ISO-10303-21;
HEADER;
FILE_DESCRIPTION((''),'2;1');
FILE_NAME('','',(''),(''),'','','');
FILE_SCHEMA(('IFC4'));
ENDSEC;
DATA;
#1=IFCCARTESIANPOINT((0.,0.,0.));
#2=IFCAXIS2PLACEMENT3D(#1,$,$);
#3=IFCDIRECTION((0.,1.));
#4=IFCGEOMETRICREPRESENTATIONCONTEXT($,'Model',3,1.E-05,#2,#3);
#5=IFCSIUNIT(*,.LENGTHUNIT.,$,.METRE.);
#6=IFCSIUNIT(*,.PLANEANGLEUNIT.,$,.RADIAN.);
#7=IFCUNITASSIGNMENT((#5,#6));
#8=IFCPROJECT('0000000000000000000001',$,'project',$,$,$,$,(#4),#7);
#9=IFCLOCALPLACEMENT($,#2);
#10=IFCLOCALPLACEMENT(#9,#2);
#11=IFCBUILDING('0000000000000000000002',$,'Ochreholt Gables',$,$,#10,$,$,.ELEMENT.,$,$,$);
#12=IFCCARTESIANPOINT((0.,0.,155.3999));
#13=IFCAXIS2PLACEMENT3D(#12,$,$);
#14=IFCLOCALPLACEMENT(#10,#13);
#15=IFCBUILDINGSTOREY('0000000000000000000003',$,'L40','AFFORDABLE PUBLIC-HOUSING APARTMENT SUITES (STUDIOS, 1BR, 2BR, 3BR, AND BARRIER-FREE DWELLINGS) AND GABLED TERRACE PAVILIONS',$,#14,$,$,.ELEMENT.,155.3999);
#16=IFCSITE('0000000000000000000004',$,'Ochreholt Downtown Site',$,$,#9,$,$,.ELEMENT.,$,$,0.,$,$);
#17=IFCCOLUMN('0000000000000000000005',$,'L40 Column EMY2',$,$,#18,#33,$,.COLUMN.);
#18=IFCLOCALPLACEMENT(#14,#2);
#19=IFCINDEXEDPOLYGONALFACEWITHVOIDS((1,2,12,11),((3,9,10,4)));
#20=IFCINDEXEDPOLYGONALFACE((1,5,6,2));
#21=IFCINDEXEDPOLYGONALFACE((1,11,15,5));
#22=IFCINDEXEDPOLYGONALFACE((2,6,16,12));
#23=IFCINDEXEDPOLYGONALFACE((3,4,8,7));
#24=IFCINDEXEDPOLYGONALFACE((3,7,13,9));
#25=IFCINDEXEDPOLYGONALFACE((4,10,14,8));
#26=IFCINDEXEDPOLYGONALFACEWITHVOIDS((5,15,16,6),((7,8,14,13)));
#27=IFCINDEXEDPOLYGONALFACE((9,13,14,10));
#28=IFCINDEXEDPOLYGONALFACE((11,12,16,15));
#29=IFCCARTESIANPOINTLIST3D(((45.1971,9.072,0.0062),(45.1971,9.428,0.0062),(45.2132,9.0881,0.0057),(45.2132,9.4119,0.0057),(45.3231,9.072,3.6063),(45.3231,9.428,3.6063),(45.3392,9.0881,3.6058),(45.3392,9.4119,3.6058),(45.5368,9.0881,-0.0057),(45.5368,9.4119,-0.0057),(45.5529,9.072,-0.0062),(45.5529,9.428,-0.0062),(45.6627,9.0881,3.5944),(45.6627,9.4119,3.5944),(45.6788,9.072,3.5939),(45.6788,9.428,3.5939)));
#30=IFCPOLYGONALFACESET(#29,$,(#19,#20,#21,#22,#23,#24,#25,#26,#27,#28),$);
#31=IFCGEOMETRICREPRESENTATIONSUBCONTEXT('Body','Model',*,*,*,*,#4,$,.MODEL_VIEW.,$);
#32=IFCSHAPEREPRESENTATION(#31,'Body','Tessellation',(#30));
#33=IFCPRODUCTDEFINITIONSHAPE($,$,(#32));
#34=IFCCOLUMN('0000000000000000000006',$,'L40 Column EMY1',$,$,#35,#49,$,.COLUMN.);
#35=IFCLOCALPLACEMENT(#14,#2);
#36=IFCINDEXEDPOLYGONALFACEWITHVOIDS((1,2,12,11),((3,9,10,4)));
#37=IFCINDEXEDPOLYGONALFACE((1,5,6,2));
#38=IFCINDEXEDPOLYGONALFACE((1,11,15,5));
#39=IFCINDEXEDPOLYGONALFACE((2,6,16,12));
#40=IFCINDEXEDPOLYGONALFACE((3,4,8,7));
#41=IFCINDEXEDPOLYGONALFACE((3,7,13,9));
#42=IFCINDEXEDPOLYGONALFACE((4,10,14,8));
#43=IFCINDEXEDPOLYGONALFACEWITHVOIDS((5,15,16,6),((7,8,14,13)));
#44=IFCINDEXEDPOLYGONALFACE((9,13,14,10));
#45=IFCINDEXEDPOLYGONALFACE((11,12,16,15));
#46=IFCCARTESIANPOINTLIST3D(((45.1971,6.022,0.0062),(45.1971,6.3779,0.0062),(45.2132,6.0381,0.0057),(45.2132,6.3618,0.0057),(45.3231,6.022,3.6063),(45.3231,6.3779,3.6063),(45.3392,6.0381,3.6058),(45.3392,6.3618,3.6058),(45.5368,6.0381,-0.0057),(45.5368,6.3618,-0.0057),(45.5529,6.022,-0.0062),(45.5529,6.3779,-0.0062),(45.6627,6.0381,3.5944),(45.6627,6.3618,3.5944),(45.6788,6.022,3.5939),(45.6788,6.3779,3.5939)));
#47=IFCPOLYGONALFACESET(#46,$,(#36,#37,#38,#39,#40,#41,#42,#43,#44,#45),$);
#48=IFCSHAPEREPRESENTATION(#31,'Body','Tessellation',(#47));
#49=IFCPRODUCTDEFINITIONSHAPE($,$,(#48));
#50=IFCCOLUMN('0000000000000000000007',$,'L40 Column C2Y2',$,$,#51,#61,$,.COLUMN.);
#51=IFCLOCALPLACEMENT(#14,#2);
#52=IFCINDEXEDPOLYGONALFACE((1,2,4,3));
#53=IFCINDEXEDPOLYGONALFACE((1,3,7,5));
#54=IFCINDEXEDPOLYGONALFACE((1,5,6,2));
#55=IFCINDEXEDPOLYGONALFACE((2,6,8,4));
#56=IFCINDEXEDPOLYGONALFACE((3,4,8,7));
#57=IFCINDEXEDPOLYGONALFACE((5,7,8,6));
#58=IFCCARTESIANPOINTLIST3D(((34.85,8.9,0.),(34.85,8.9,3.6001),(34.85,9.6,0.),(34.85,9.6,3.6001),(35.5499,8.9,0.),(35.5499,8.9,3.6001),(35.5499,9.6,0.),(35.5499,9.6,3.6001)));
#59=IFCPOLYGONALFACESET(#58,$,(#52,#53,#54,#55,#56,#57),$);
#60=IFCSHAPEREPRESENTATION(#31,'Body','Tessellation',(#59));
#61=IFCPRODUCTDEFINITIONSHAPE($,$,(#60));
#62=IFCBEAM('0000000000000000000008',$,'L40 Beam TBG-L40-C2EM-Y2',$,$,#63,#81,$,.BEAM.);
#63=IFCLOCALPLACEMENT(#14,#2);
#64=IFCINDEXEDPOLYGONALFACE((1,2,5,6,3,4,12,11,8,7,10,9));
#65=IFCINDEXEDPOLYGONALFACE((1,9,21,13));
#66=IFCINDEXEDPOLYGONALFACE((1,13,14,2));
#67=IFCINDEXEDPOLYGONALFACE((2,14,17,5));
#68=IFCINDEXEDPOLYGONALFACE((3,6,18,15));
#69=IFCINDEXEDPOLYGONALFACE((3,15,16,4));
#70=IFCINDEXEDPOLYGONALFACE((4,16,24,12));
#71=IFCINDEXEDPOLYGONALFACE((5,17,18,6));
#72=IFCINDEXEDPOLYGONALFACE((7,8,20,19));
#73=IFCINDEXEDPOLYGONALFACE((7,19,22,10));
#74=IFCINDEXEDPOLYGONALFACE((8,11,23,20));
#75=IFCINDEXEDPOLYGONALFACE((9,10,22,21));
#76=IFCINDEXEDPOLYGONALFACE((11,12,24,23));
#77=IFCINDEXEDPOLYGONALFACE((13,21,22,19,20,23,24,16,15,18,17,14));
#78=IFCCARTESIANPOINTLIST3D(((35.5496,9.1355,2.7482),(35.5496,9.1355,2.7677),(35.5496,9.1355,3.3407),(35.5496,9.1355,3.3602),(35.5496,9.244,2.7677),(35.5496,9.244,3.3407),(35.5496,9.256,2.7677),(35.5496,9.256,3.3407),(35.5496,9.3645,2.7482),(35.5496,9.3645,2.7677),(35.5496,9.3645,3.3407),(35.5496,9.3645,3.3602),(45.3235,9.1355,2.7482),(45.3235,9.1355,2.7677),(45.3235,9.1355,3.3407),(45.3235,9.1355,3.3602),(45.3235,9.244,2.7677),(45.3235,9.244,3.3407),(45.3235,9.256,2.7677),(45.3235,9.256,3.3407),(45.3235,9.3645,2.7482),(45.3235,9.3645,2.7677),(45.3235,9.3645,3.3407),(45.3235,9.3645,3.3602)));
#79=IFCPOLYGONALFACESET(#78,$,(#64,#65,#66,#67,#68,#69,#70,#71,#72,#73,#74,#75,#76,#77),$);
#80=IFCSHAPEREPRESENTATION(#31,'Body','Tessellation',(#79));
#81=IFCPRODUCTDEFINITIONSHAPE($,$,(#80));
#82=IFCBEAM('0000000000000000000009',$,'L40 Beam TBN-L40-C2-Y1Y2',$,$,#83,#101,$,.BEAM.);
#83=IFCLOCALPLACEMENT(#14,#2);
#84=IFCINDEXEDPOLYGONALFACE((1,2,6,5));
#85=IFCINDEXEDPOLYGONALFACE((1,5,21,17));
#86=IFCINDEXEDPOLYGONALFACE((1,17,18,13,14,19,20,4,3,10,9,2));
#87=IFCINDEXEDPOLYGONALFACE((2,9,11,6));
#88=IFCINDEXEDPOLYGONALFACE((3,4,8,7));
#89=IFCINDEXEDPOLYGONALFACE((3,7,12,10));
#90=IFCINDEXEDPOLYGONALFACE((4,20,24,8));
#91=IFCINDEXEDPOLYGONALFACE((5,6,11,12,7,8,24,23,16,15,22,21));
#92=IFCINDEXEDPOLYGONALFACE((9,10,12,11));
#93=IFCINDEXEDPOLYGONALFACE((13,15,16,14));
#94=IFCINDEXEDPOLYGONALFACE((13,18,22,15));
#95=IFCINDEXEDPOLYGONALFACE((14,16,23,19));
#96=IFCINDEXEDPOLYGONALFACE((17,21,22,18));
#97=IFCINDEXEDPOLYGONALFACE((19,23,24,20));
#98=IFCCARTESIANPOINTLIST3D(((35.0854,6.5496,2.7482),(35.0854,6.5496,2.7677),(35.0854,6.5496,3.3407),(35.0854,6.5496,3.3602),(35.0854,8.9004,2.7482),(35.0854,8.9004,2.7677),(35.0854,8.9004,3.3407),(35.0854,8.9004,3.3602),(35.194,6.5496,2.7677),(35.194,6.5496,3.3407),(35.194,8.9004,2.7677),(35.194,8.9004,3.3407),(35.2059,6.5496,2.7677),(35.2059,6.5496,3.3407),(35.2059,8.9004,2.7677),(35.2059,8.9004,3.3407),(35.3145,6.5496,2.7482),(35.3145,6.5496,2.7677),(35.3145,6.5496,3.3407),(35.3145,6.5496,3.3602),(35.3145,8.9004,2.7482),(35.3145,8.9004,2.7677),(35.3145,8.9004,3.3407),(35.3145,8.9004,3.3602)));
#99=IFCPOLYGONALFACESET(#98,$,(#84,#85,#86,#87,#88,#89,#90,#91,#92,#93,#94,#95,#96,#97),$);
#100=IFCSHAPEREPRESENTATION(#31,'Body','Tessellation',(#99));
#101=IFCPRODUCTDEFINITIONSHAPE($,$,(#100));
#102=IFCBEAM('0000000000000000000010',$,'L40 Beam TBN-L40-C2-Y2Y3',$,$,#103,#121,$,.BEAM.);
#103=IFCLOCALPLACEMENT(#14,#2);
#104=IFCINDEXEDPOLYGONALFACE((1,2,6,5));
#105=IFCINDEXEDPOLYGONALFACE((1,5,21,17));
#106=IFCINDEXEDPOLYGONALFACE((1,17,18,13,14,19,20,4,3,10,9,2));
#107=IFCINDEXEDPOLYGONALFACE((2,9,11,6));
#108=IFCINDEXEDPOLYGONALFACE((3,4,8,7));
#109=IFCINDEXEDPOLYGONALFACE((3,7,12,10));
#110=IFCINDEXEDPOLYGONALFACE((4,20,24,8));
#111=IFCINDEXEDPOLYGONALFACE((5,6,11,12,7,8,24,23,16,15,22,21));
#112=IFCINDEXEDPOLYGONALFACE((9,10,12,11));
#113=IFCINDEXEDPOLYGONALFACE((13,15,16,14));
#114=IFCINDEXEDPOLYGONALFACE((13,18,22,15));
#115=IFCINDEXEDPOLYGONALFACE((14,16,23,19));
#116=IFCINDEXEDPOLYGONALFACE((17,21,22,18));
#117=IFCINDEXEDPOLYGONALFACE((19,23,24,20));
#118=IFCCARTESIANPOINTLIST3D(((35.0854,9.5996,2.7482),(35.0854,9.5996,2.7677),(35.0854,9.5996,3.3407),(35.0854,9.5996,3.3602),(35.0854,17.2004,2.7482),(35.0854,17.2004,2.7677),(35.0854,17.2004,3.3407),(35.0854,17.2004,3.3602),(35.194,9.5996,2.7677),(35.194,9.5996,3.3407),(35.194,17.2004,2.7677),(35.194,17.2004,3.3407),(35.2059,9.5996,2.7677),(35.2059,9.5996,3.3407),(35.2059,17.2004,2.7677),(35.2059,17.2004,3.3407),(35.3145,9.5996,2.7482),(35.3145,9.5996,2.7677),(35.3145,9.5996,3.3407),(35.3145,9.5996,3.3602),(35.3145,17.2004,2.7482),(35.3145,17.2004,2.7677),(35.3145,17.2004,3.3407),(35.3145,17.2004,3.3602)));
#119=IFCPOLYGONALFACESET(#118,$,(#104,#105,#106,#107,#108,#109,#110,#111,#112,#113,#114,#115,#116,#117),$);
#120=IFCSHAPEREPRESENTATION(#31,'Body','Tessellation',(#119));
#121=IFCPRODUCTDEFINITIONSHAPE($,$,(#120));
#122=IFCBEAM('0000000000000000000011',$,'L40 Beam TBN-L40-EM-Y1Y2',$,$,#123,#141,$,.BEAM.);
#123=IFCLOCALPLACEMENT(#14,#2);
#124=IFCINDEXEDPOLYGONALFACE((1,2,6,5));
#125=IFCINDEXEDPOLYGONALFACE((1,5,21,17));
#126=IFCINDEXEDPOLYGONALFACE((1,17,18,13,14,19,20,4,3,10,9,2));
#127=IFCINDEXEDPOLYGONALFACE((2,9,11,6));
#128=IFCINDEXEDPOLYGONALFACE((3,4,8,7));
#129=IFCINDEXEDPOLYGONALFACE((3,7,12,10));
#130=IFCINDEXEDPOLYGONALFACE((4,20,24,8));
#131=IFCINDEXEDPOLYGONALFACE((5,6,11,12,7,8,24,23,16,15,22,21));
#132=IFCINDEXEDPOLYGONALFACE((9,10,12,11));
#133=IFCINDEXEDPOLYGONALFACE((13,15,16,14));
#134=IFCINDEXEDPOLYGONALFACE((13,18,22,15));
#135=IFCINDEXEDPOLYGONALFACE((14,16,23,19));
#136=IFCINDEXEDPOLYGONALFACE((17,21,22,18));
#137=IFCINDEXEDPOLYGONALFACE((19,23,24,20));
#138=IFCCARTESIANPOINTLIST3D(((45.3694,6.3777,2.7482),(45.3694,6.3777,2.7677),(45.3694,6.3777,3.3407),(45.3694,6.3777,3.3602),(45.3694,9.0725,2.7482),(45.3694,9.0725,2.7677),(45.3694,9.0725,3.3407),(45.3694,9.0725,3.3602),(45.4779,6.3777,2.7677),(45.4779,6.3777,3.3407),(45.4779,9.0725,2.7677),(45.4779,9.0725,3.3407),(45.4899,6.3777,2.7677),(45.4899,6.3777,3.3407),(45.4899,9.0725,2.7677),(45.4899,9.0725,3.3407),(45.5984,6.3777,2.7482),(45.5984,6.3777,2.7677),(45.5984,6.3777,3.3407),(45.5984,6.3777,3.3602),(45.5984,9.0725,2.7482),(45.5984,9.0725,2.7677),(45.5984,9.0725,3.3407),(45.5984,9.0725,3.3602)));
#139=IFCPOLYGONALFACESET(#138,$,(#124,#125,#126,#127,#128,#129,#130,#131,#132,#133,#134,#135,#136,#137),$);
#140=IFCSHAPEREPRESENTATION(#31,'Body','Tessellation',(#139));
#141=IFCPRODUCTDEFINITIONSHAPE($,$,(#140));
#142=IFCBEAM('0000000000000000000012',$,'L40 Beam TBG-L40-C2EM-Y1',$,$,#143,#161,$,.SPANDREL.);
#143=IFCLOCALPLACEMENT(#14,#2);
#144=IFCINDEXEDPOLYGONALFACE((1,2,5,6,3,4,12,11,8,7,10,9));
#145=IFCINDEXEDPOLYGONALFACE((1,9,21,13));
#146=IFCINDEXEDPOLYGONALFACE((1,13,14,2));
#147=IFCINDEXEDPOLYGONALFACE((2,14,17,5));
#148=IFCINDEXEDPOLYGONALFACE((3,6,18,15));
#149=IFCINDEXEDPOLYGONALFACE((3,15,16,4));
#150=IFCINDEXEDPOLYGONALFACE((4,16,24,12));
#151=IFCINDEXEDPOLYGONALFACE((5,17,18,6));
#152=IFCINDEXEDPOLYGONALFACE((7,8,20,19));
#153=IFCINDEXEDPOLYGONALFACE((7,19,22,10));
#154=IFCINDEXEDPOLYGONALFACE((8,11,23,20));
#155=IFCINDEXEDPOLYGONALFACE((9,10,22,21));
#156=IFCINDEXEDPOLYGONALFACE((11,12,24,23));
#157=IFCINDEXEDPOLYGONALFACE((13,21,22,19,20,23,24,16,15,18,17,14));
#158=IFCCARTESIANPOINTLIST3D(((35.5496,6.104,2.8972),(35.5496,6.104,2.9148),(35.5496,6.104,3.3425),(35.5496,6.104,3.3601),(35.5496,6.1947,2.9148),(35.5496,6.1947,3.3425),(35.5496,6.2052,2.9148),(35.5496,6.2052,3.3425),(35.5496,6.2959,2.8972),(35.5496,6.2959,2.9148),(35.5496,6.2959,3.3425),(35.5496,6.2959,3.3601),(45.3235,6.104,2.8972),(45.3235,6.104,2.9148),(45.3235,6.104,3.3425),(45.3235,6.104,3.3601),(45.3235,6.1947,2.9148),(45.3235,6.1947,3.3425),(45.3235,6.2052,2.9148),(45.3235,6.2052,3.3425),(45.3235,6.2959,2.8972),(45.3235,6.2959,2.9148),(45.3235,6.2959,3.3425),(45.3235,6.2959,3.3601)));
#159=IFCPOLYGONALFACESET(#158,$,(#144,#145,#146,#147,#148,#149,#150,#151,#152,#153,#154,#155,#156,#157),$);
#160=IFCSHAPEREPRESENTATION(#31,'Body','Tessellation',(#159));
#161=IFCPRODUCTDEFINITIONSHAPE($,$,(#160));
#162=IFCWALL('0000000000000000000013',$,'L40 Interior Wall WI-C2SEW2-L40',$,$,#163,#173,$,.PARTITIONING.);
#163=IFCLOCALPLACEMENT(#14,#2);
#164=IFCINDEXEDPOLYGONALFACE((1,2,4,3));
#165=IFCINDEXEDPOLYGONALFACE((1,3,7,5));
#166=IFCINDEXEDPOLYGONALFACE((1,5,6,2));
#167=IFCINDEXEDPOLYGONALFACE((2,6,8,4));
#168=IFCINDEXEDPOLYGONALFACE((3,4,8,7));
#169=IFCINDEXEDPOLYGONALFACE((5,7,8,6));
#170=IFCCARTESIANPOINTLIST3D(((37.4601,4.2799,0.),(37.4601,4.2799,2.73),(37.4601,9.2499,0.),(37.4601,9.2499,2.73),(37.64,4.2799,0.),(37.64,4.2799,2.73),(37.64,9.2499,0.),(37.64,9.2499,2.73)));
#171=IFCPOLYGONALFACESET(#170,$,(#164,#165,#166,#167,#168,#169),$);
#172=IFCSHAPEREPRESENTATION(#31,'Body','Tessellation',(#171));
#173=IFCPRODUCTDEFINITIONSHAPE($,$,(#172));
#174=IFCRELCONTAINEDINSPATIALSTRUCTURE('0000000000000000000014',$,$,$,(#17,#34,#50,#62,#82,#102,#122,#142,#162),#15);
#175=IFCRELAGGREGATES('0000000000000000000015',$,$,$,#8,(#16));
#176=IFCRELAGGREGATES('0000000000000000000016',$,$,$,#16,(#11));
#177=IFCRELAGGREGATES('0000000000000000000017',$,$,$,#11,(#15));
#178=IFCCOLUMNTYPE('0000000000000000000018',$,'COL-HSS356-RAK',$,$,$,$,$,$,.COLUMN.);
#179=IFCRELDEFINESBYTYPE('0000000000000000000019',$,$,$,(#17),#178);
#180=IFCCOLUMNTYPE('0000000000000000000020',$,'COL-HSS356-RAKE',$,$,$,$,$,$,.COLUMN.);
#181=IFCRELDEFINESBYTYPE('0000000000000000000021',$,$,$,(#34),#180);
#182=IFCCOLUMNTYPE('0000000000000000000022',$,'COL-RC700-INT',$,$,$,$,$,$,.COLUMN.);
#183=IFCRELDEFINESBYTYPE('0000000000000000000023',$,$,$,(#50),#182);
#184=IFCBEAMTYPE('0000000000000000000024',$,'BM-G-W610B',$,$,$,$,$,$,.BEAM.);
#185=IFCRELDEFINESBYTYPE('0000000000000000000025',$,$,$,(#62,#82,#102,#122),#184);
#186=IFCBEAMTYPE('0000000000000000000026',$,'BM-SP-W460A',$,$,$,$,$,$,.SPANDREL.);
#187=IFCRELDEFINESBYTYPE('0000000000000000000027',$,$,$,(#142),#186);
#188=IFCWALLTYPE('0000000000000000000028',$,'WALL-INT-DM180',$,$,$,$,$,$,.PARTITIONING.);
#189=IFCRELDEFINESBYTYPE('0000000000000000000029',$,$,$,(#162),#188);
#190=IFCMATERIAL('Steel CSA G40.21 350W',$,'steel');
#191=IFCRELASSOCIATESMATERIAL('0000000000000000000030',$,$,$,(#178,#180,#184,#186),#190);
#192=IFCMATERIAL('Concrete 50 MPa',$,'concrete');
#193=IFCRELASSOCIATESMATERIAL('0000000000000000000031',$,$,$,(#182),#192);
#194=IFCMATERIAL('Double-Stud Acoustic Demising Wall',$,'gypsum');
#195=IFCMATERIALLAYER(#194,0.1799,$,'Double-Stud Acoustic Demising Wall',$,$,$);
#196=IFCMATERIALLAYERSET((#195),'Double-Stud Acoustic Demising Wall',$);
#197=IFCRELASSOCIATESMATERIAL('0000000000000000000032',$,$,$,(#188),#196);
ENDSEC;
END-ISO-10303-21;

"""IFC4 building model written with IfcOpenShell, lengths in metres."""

from ifc_helpers import new_model, si_unit, direction, frame, frame_2d, origin, origin_2d, place, context, subcontext, project, spatial, rectangle, hollow_rectangle, i_section, extrude, material, layer, layer_set, material_profile, profile_set, type_object, element, save


model = new_model("IFC4")

# Units and contexts
model_context = context("Model", 3, precision=1e-05, world=origin(), true_north=direction((0.0, 1.0)))
body_context = subcontext(model_context, "Body", "Model", "MODEL_VIEW")
ifc_project = project(units=[si_unit("LENGTHUNIT", "METRE"), si_unit("PLANEANGLEUNIT", "RADIAN")], contexts=[model_context])

# Site, building, storey
site_placement = place(None, origin())
site = spatial("IfcSite", under=ifc_project, at=site_placement, Name="Ochreholt Downtown Site", CompositionType="ELEMENT", RefElevation=0.0)
building_placement = place(site_placement, origin())
building = spatial("IfcBuilding", under=site, at=building_placement, Name="Ochreholt Gables", CompositionType="ELEMENT")
storey_placement = place(building_placement, frame((0.0, 0.0, 155.3999)))
storey = spatial("IfcBuildingStorey", under=building, at=storey_placement, Name="L40", Description="AFFORDABLE PUBLIC-HOUSING APARTMENT SUITES (STUDIOS, 1BR, 2BR, 3BR, AND BARRIER-FREE DWELLINGS) AND GABLED TERRACE PAVILIONS", CompositionType="ELEMENT", Elevation=155.3999)

# Columns
ifc_material_1 = material(Name="Steel CSA G40.21 350W", Category="steel")
ifc_material_profile_1 = material_profile(ifc_material_1, hollow_rectangle(XDim=0.356, YDim=0.356, WallThickness=0.0161, at=origin_2d()), Name="HSS356X356X16")
ifc_profile_set_1 = profile_set([ifc_material_profile_1], Name="Steel CSA G40.21 350W")
column_type_1 = type_object("IfcColumnType", Name="COL-HSS356-RAK", PredefinedType="COLUMN", material=ifc_profile_set_1)
column_1_placement = place(storey_placement, frame((45.375, 9.25, 0.0), z_axis=(0.034971, 0.0, 0.999388), x_axis=(0.0, 1.0, 0.0)))
element("IfcColumn", 1, at=column_1_placement, inside=storey, type_object=column_type_1, Name="L40 Column EMY2", PredefinedType="COLUMN", context=body_context, shape_type="SweptSolid", body=[
    extrude(hollow_rectangle(XDim=0.356, YDim=0.356, WallThickness=0.0161, at=origin_2d()), origin(), (0.0, 0.0, 1.0), 3.6023),
])
ifc_material_profile_2 = material_profile(ifc_material_1, hollow_rectangle(XDim=0.356, YDim=0.356, WallThickness=0.0161, at=origin_2d()), Name="HSS356X356X16")
ifc_profile_set_2 = profile_set([ifc_material_profile_2], Name="Steel CSA G40.21 350W")
column_type_2 = type_object("IfcColumnType", Name="COL-HSS356-RAKE", PredefinedType="COLUMN", material=ifc_profile_set_2)
column_2_placement = place(storey_placement, frame((45.375, 6.2, 0.0), z_axis=(0.034971, 0.0, 0.999388), x_axis=(0.0, 1.0, 0.0)))
element("IfcColumn", 2, at=column_2_placement, inside=storey, type_object=column_type_2, Name="L40 Column EMY1", PredefinedType="COLUMN", context=body_context, shape_type="SweptSolid", body=[
    extrude(hollow_rectangle(XDim=0.356, YDim=0.356, WallThickness=0.0161, at=origin_2d()), origin(), (0.0, 0.0, 1.0), 3.6023),
])
ifc_material_2 = material(Name="Concrete 50 MPa", Category="concrete")
ifc_material_profile_3 = material_profile(ifc_material_2, rectangle(XDim=0.7, YDim=0.7, at=origin_2d()), Name="RC700X700")
ifc_profile_set_3 = profile_set([ifc_material_profile_3], Name="Concrete 50 MPa")
column_type_3 = type_object("IfcColumnType", Name="COL-RC700-INT", PredefinedType="COLUMN", material=ifc_profile_set_3)
column_3_placement = place(storey_placement, frame((35.2, 9.25, 0.0), z_axis=(0.0, 0.0, 1.0), x_axis=(1.0, 0.0, 0.0)))
element("IfcColumn", 3, at=column_3_placement, inside=storey, type_object=column_type_3, Name="L40 Column C2Y2", PredefinedType="COLUMN", context=body_context, shape_type="SweptSolid", body=[
    extrude(rectangle(XDim=0.7, YDim=0.7, at=origin_2d()), origin(), (0.0, 0.0, 1.0), 3.6001),
])

# Beams
ifc_material_profile_4 = material_profile(ifc_material_1, i_section(OverallWidth=0.229, OverallDepth=0.6121, WebThickness=0.012, FlangeThickness=0.0195, at=origin_2d()), Name="W610X125")
ifc_profile_set_4 = profile_set([ifc_material_profile_4], Name="Steel CSA G40.21 350W")
beam_type_1 = type_object("IfcBeamType", Name="BM-G-W610B", PredefinedType="BEAM", material=ifc_profile_set_4)
beam_1_placement = place(storey_placement, frame((35.5496, 9.25, 3.0542), z_axis=(1.0, 0.0, 0.0), x_axis=(0.0, 1.0, 0.0)))
element("IfcBeam", 4, at=beam_1_placement, inside=storey, type_object=beam_type_1, Name="L40 Beam TBG-L40-C2EM-Y2", PredefinedType="BEAM", context=body_context, shape_type="SweptSolid", body=[
    extrude(i_section(OverallWidth=0.229, OverallDepth=0.6121, WebThickness=0.012, FlangeThickness=0.0195, at=origin_2d()), origin(), (0.0, 0.0, 1.0), 9.7739),
])
beam_2_placement = place(storey_placement, frame((35.2, 6.5496, 3.0542), z_axis=(0.0, 1.0, 0.0), x_axis=(-1.0, 0.0, 0.0)))
element("IfcBeam", 5, at=beam_2_placement, inside=storey, type_object=beam_type_1, Name="L40 Beam TBN-L40-C2-Y1Y2", PredefinedType="BEAM", context=body_context, shape_type="SweptSolid", body=[
    extrude(i_section(OverallWidth=0.229, OverallDepth=0.6121, WebThickness=0.012, FlangeThickness=0.0195, at=origin_2d()), origin(), (0.0, 0.0, 1.0), 2.3508),
])
beam_3_placement = place(storey_placement, frame((35.2, 9.5996, 3.0542), z_axis=(0.0, 1.0, 0.0), x_axis=(-1.0, 0.0, 0.0)))
element("IfcBeam", 6, at=beam_3_placement, inside=storey, type_object=beam_type_1, Name="L40 Beam TBN-L40-C2-Y2Y3", PredefinedType="BEAM", context=body_context, shape_type="SweptSolid", body=[
    extrude(i_section(OverallWidth=0.229, OverallDepth=0.6121, WebThickness=0.012, FlangeThickness=0.0195, at=origin_2d()), origin(), (0.0, 0.0, 1.0), 7.6008),
])
beam_4_placement = place(storey_placement, frame((45.4839, 6.3777, 3.0542), z_axis=(0.0, 1.0, 0.0), x_axis=(-1.0, 0.0, 0.0)))
element("IfcBeam", 7, at=beam_4_placement, inside=storey, type_object=beam_type_1, Name="L40 Beam TBN-L40-EM-Y1Y2", PredefinedType="BEAM", context=body_context, shape_type="SweptSolid", body=[
    extrude(i_section(OverallWidth=0.229, OverallDepth=0.6121, WebThickness=0.012, FlangeThickness=0.0195, at=origin_2d()), origin(), (0.0, 0.0, 1.0), 2.6948),
])
ifc_material_profile_5 = material_profile(ifc_material_1, i_section(OverallWidth=0.1919, OverallDepth=0.4629, WebThickness=0.0105, FlangeThickness=0.0176, at=origin_2d()), Name="W460X89")
ifc_profile_set_5 = profile_set([ifc_material_profile_5], Name="Steel CSA G40.21 350W")
beam_type_2 = type_object("IfcBeamType", Name="BM-SP-W460A", PredefinedType="SPANDREL", material=ifc_profile_set_5)
beam_5_placement = place(storey_placement, frame((35.5496, 6.2, 3.1287), z_axis=(1.0, 0.0, 0.0), x_axis=(0.0, 1.0, 0.0)))
element("IfcBeam", 8, at=beam_5_placement, inside=storey, type_object=beam_type_2, Name="L40 Beam TBG-L40-C2EM-Y1", PredefinedType="SPANDREL", context=body_context, shape_type="SweptSolid", body=[
    extrude(i_section(OverallWidth=0.1919, OverallDepth=0.4629, WebThickness=0.0105, FlangeThickness=0.0176, at=origin_2d()), origin(), (0.0, 0.0, 1.0), 9.7739),
])

# Shared definitions
ifc_material_3 = material(Name="Double-Stud Acoustic Demising Wall", Category="gypsum")
ifc_layer_1 = layer(ifc_material_3, 0.1799, Name="Double-Stud Acoustic Demising Wall")
ifc_layer_set_1 = layer_set([ifc_layer_1], Name="Double-Stud Acoustic Demising Wall")
wall_type_1 = type_object("IfcWallType", Name="WALL-INT-DM180", PredefinedType="PARTITIONING", material=ifc_layer_set_1)

# Wall
wall_1_placement = place(storey_placement, frame((37.55, 4.28, 0.0), z_axis=(0.0, 0.0, 1.0), x_axis=(0.0, 1.0, 0.0)))
element("IfcWall", 9, at=wall_1_placement, inside=storey, type_object=wall_type_1, Name="L40 Interior Wall WI-C2SEW2-L40", PredefinedType="PARTITIONING", context=body_context, shape_type="SweptSolid", body=[
    extrude(rectangle(XDim=4.97, YDim=0.1799, at=frame_2d((2.4849, 0.0))), origin(), (0.0, 0.0, 1.0), 2.73),
])

save(model, "model.ifc")
